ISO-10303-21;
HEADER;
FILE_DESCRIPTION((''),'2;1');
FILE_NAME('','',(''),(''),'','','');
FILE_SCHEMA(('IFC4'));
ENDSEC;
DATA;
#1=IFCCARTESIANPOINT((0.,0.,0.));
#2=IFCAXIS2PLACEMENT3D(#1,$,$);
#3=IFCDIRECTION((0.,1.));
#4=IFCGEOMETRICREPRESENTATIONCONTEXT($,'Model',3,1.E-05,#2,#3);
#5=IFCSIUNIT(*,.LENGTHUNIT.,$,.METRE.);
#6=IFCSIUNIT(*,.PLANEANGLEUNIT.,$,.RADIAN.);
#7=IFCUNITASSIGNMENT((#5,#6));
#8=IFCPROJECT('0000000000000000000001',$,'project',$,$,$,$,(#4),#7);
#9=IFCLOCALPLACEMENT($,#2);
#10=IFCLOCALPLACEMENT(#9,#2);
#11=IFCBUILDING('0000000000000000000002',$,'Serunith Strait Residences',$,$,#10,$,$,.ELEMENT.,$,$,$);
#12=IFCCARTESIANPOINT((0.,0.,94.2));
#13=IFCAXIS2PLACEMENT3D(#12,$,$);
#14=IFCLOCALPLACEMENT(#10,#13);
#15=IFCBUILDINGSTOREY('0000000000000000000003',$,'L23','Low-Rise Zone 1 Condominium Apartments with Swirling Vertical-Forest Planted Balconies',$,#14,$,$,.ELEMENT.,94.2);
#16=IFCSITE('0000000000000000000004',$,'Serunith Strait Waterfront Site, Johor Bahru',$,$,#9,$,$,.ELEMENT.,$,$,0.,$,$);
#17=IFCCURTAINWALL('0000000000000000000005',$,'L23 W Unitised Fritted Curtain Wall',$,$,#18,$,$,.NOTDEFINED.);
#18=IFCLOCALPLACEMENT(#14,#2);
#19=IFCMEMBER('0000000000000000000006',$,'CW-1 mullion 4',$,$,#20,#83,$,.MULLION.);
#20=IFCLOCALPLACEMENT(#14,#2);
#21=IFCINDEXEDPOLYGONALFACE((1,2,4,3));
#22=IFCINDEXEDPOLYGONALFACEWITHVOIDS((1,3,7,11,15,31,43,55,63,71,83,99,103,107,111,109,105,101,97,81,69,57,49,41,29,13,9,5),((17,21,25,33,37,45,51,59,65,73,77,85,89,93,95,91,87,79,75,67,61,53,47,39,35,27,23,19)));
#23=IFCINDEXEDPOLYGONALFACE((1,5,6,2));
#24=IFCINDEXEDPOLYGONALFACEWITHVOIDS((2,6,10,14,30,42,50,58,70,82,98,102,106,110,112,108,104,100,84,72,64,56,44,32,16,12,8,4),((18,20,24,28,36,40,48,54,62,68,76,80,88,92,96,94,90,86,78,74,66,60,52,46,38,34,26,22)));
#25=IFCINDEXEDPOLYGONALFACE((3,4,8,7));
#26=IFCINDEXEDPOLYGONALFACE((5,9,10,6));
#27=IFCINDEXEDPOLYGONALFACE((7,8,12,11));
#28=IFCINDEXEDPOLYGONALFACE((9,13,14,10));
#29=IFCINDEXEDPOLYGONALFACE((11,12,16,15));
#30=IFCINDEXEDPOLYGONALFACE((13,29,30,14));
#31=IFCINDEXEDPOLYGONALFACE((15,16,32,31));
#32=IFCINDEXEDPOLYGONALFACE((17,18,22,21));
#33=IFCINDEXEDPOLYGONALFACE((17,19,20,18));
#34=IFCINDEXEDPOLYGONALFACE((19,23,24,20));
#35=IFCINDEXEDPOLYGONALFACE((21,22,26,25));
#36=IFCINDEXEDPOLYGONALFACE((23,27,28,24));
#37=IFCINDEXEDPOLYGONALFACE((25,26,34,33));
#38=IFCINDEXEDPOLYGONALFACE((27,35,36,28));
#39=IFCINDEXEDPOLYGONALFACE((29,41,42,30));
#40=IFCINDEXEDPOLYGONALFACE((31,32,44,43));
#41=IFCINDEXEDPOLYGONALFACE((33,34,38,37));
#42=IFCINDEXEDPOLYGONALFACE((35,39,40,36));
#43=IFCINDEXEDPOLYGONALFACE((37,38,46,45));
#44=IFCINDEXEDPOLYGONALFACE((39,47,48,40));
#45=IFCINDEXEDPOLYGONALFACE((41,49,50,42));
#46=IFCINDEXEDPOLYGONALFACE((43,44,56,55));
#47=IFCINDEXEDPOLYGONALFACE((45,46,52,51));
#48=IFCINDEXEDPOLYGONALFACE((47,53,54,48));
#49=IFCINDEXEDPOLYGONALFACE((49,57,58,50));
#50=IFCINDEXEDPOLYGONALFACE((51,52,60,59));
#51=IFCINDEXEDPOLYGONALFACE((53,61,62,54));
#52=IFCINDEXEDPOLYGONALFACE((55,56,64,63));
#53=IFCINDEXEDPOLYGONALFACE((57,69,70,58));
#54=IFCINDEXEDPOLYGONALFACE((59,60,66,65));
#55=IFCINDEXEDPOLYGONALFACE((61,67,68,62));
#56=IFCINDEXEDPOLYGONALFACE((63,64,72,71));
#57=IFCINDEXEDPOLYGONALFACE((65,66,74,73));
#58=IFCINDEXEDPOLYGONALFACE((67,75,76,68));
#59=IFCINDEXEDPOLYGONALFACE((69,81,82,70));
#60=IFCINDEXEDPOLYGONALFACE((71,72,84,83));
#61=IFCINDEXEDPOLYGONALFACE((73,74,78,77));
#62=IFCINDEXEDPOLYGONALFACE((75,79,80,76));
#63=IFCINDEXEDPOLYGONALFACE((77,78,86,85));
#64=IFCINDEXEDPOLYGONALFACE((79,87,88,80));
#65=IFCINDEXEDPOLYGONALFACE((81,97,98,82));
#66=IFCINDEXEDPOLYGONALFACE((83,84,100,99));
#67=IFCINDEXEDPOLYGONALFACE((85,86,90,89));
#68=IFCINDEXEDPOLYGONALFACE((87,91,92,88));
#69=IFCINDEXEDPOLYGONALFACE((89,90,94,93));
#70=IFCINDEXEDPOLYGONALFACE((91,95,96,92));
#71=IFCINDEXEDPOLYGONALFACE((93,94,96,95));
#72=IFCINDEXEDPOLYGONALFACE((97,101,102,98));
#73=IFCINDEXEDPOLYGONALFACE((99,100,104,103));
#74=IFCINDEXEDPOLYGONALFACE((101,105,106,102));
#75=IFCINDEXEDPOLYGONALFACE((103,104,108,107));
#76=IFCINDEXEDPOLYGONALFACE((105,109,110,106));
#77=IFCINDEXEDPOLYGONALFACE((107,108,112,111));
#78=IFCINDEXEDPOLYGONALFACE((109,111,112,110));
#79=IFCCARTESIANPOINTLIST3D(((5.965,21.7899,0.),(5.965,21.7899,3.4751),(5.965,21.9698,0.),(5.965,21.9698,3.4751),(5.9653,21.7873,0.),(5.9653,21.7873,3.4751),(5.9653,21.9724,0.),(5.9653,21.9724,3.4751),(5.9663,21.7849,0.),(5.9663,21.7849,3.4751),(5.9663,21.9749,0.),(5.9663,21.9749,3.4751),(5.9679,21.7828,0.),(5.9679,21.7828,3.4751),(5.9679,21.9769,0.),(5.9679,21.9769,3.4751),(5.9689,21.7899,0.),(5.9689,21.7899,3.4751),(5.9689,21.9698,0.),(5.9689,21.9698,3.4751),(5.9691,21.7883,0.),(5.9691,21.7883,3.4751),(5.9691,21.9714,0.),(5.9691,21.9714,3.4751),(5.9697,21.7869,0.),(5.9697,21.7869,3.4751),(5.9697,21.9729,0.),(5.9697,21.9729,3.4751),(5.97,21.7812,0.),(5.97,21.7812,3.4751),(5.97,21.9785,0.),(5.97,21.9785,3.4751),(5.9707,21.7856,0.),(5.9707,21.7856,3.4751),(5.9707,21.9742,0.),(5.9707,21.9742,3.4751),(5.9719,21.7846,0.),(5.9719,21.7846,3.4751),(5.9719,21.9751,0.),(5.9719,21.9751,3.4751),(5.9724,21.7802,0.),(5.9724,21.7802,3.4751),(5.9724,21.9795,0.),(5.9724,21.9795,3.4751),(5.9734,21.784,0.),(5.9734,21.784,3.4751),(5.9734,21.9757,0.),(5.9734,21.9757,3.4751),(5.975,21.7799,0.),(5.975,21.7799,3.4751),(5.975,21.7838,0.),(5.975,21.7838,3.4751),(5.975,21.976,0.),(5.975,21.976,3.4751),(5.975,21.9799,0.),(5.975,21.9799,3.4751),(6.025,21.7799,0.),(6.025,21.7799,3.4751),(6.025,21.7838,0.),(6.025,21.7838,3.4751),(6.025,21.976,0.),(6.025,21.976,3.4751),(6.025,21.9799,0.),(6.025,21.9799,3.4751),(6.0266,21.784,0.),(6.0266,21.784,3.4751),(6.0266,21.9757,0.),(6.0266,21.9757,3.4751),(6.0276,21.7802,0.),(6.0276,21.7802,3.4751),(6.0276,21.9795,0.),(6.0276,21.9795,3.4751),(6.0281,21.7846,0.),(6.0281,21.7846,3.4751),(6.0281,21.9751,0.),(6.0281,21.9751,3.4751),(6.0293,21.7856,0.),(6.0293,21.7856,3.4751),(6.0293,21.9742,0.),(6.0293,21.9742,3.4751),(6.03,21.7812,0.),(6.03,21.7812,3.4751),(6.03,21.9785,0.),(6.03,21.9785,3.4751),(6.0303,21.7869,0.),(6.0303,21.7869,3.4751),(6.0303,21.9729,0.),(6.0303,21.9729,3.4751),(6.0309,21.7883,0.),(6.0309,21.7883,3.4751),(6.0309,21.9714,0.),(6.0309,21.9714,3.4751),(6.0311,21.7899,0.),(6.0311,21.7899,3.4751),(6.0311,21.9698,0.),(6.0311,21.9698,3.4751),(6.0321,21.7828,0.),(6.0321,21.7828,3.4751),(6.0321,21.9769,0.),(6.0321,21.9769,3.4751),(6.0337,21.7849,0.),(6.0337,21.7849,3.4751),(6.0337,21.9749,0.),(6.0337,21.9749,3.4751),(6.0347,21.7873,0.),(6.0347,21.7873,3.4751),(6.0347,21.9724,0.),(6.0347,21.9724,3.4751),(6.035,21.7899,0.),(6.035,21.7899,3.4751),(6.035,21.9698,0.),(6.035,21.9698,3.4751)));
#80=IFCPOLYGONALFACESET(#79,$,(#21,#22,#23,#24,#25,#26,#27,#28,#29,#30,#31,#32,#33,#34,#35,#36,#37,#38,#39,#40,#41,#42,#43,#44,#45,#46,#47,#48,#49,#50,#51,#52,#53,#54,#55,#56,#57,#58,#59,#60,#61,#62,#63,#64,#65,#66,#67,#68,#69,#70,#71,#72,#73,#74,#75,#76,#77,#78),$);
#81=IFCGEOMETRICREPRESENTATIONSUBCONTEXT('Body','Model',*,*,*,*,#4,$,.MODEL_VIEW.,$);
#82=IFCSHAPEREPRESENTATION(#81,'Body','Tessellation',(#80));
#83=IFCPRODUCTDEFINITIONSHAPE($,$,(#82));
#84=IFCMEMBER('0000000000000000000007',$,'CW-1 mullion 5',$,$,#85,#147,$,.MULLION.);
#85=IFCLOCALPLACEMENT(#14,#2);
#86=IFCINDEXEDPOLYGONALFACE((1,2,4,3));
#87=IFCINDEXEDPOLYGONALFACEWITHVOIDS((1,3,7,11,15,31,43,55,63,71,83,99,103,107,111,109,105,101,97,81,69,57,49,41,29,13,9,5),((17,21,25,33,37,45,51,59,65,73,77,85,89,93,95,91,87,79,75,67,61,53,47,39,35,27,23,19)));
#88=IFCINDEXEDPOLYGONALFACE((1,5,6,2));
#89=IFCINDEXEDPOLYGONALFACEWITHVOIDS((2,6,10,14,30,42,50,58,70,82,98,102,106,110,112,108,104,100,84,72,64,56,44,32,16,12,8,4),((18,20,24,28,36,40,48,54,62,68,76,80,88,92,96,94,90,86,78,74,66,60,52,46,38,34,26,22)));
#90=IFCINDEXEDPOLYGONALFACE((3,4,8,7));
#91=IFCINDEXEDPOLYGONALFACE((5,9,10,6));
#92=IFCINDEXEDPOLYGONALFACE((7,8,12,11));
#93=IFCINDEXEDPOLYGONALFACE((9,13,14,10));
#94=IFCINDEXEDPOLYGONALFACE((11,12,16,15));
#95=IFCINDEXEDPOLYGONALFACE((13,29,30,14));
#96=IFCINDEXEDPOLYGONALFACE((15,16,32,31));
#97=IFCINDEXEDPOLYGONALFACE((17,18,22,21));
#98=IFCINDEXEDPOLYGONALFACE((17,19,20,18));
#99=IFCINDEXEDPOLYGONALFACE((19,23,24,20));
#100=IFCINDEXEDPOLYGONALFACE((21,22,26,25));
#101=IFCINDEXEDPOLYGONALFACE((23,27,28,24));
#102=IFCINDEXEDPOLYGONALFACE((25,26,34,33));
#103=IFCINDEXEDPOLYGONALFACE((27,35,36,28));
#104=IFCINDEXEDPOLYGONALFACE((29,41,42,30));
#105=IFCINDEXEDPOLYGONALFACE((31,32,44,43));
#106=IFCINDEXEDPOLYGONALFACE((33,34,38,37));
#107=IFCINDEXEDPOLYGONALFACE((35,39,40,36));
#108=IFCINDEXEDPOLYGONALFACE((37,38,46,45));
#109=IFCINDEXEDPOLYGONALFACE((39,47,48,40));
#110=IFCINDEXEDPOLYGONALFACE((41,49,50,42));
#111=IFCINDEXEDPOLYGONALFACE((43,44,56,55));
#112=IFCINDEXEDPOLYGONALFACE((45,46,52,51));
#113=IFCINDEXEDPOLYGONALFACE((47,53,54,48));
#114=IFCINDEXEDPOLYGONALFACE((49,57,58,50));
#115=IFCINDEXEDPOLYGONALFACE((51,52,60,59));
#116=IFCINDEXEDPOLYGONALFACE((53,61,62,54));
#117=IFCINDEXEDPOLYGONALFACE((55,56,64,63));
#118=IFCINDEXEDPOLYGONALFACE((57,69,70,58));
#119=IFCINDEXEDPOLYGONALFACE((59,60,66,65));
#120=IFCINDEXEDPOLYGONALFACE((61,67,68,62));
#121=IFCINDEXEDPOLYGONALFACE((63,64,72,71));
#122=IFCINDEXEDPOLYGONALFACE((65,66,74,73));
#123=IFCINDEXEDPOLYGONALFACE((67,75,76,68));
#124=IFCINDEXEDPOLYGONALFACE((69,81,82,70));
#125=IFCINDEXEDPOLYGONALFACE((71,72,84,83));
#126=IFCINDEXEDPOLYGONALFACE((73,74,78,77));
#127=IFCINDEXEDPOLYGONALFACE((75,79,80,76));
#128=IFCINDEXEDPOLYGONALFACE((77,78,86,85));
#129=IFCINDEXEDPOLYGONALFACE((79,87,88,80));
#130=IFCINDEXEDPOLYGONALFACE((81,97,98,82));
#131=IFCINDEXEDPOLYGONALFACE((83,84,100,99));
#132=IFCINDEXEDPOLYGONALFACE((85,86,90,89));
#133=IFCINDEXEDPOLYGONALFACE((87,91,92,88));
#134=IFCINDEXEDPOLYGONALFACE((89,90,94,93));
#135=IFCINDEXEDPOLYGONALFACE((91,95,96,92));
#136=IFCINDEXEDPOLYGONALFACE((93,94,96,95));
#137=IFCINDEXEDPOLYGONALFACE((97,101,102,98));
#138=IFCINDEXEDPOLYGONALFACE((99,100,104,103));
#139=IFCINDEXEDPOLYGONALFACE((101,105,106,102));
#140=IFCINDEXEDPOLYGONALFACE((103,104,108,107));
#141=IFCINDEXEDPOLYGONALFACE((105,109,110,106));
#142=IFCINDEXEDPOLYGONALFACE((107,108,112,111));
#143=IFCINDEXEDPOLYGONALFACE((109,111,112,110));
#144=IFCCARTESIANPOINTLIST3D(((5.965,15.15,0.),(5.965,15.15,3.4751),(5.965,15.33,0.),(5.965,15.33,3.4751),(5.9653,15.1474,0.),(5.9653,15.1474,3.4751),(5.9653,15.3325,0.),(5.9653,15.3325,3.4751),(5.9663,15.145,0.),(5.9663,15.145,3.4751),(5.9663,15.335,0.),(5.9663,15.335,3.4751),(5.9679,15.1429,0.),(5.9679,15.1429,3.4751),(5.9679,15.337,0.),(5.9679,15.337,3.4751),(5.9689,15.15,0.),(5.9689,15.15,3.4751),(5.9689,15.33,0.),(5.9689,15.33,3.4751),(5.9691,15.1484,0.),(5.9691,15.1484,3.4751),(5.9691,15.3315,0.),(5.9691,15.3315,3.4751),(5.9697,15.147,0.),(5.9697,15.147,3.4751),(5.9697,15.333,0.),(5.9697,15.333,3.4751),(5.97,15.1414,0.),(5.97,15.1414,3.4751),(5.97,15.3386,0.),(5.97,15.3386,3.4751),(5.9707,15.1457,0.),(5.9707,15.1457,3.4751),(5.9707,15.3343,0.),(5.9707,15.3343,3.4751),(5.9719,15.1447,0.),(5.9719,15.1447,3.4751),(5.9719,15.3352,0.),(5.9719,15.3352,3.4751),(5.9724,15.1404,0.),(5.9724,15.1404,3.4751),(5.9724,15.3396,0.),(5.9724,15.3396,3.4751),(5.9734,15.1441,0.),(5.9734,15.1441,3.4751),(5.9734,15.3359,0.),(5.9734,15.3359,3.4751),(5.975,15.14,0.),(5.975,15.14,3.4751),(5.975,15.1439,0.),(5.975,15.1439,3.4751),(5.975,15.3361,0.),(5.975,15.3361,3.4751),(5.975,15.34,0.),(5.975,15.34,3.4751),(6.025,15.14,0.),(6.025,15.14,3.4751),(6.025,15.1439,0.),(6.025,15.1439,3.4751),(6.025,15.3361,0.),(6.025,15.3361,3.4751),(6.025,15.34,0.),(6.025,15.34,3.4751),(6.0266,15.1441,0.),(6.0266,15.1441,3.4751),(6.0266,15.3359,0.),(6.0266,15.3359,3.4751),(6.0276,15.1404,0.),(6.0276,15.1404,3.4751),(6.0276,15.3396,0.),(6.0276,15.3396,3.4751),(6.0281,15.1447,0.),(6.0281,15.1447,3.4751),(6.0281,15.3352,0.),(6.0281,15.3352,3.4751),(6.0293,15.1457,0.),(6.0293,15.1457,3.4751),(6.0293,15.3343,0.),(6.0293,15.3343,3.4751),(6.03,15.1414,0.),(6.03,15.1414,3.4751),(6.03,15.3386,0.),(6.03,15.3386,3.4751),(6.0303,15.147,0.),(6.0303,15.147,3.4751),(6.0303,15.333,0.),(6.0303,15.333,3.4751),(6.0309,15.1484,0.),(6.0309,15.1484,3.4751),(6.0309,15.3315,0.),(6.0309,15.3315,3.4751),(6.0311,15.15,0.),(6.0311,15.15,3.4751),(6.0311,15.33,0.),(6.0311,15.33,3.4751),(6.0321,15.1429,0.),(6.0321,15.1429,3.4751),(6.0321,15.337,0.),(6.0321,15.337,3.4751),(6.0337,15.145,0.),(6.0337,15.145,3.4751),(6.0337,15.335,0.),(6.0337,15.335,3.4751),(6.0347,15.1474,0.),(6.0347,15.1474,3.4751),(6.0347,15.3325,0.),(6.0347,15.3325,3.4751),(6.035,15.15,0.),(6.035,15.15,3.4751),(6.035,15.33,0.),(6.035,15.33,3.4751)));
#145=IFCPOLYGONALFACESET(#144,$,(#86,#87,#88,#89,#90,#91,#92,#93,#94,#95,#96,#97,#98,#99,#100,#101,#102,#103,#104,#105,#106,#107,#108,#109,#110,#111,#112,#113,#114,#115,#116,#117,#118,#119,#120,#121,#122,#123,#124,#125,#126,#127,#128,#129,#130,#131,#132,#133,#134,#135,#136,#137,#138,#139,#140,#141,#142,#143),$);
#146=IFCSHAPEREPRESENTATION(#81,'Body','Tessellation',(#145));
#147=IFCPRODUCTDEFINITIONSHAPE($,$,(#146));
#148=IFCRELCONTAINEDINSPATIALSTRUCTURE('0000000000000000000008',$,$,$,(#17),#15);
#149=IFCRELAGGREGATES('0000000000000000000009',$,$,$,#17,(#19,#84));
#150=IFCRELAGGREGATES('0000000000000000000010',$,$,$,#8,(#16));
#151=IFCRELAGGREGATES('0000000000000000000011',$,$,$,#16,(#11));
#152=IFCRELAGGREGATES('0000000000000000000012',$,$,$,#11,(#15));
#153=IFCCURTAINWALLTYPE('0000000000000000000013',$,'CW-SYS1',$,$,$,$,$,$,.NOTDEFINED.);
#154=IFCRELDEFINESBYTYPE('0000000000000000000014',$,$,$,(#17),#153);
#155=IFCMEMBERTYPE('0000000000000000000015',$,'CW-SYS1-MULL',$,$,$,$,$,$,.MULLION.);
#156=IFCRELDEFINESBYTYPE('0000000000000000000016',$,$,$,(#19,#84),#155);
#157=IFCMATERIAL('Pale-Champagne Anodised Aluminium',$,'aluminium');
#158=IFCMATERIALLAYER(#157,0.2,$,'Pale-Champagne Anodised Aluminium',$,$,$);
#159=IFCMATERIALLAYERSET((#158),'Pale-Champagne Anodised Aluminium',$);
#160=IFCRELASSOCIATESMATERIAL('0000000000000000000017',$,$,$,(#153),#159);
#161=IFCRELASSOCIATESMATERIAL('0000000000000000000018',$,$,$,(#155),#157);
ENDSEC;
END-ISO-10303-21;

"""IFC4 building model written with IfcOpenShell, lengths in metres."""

from ifc_helpers import new_model, si_unit, direction, frame, origin, origin_2d, place, context, subcontext, project, spatial, hollow_rectangle, extrude, source, transform, mapped, material, layer, layer_set, material_profile, profile_set, type_object, element, aggregate, save


model = new_model("IFC4")

# Units and contexts
model_context = context("Model", 3, precision=1e-05, world=origin(), true_north=direction((0.0, 1.0)))
body_context = subcontext(model_context, "Body", "Model", "MODEL_VIEW")
ifc_project = project(units=[si_unit("LENGTHUNIT", "METRE"), si_unit("PLANEANGLEUNIT", "RADIAN")], contexts=[model_context])

# Site, building, storey
site_placement = place(None, origin())
site = spatial("IfcSite", under=ifc_project, at=site_placement, Name="Serunith Strait Waterfront Site, Johor Bahru", CompositionType="ELEMENT", RefElevation=0.0)
building_placement = place(site_placement, origin())
building = spatial("IfcBuilding", under=site, at=building_placement, Name="Serunith Strait Residences", CompositionType="ELEMENT")
storey_placement = place(building_placement, frame((0.0, 0.0, 94.2)))
storey = spatial("IfcBuildingStorey", under=building, at=storey_placement, Name="L23", Description="Low-Rise Zone 1 Condominium Apartments with Swirling Vertical-Forest Planted Balconies", CompositionType="ELEMENT", Elevation=94.2)

# Curtain wall, members
ifc_material_1 = material(Name="Pale-Champagne Anodised Aluminium", Category="aluminium")
ifc_layer_1 = layer(ifc_material_1, 0.2, Name="Pale-Champagne Anodised Aluminium")
ifc_layer_set_1 = layer_set([ifc_layer_1], Name="Pale-Champagne Anodised Aluminium")
curtain_wall_type = type_object("IfcCurtainWallType", Name="CW-SYS1", PredefinedType="NOTDEFINED", material=ifc_layer_set_1)
curtain_wall_placement = place(storey_placement, origin())
curtain_wall = element("IfcCurtainWall", 1, at=curtain_wall_placement, inside=storey, type_object=curtain_wall_type, Name="L23 W Unitised Fritted Curtain Wall", PredefinedType="NOTDEFINED")
ifc_material_profile_1 = material_profile(ifc_material_1, hollow_rectangle(XDim=0.0701, YDim=0.2, WallThickness=0.0039, InnerFilletRadius=0.0061, OuterFilletRadius=0.01, at=origin_2d()), Name="ALU 200x70x4")
ifc_profile_set_1 = profile_set([ifc_material_profile_1], Name="Pale-Champagne Anodised Aluminium")
member_type_1 = type_object("IfcMemberType", Name="CW-SYS1-MULL", PredefinedType="MULLION", material=ifc_profile_set_1)
shared_shape_1 = source(origin(), body_context, "Body", "SweptSolid", [
    extrude(hollow_rectangle(XDim=0.0701, YDim=0.2, WallThickness=0.0039, InnerFilletRadius=0.0061, OuterFilletRadius=0.01, at=origin_2d()), origin(), (0.0, 0.0, 1.0), 3.4751),
])
member_1_placement = place(storey_placement, frame((6.0, 21.8799, 0.0), z_axis=(0.0, 0.0, 1.0), x_axis=(1.0, 0.0, 0.0)))
member_1 = element("IfcMember", 2, at=member_1_placement, type_object=member_type_1, Name="CW-1 mullion 4", PredefinedType="MULLION", context=body_context, shape_type="MappedRepresentation", body=[
    mapped(shared_shape_1, transform((0.0, 0.0, 0.0), scale=1.0)),
])
member_2_placement = place(storey_placement, frame((6.0, 15.24, 0.0), z_axis=(0.0, 0.0, 1.0), x_axis=(1.0, 0.0, 0.0)))
member_2 = element("IfcMember", 3, at=member_2_placement, type_object=member_type_1, Name="CW-1 mullion 5", PredefinedType="MULLION", context=body_context, shape_type="MappedRepresentation", body=[
    mapped(shared_shape_1, transform((0.0, 0.0, 0.0), scale=1.0)),
])
aggregate(curtain_wall, [member_1, member_2])

save(model, "model.ifc")
